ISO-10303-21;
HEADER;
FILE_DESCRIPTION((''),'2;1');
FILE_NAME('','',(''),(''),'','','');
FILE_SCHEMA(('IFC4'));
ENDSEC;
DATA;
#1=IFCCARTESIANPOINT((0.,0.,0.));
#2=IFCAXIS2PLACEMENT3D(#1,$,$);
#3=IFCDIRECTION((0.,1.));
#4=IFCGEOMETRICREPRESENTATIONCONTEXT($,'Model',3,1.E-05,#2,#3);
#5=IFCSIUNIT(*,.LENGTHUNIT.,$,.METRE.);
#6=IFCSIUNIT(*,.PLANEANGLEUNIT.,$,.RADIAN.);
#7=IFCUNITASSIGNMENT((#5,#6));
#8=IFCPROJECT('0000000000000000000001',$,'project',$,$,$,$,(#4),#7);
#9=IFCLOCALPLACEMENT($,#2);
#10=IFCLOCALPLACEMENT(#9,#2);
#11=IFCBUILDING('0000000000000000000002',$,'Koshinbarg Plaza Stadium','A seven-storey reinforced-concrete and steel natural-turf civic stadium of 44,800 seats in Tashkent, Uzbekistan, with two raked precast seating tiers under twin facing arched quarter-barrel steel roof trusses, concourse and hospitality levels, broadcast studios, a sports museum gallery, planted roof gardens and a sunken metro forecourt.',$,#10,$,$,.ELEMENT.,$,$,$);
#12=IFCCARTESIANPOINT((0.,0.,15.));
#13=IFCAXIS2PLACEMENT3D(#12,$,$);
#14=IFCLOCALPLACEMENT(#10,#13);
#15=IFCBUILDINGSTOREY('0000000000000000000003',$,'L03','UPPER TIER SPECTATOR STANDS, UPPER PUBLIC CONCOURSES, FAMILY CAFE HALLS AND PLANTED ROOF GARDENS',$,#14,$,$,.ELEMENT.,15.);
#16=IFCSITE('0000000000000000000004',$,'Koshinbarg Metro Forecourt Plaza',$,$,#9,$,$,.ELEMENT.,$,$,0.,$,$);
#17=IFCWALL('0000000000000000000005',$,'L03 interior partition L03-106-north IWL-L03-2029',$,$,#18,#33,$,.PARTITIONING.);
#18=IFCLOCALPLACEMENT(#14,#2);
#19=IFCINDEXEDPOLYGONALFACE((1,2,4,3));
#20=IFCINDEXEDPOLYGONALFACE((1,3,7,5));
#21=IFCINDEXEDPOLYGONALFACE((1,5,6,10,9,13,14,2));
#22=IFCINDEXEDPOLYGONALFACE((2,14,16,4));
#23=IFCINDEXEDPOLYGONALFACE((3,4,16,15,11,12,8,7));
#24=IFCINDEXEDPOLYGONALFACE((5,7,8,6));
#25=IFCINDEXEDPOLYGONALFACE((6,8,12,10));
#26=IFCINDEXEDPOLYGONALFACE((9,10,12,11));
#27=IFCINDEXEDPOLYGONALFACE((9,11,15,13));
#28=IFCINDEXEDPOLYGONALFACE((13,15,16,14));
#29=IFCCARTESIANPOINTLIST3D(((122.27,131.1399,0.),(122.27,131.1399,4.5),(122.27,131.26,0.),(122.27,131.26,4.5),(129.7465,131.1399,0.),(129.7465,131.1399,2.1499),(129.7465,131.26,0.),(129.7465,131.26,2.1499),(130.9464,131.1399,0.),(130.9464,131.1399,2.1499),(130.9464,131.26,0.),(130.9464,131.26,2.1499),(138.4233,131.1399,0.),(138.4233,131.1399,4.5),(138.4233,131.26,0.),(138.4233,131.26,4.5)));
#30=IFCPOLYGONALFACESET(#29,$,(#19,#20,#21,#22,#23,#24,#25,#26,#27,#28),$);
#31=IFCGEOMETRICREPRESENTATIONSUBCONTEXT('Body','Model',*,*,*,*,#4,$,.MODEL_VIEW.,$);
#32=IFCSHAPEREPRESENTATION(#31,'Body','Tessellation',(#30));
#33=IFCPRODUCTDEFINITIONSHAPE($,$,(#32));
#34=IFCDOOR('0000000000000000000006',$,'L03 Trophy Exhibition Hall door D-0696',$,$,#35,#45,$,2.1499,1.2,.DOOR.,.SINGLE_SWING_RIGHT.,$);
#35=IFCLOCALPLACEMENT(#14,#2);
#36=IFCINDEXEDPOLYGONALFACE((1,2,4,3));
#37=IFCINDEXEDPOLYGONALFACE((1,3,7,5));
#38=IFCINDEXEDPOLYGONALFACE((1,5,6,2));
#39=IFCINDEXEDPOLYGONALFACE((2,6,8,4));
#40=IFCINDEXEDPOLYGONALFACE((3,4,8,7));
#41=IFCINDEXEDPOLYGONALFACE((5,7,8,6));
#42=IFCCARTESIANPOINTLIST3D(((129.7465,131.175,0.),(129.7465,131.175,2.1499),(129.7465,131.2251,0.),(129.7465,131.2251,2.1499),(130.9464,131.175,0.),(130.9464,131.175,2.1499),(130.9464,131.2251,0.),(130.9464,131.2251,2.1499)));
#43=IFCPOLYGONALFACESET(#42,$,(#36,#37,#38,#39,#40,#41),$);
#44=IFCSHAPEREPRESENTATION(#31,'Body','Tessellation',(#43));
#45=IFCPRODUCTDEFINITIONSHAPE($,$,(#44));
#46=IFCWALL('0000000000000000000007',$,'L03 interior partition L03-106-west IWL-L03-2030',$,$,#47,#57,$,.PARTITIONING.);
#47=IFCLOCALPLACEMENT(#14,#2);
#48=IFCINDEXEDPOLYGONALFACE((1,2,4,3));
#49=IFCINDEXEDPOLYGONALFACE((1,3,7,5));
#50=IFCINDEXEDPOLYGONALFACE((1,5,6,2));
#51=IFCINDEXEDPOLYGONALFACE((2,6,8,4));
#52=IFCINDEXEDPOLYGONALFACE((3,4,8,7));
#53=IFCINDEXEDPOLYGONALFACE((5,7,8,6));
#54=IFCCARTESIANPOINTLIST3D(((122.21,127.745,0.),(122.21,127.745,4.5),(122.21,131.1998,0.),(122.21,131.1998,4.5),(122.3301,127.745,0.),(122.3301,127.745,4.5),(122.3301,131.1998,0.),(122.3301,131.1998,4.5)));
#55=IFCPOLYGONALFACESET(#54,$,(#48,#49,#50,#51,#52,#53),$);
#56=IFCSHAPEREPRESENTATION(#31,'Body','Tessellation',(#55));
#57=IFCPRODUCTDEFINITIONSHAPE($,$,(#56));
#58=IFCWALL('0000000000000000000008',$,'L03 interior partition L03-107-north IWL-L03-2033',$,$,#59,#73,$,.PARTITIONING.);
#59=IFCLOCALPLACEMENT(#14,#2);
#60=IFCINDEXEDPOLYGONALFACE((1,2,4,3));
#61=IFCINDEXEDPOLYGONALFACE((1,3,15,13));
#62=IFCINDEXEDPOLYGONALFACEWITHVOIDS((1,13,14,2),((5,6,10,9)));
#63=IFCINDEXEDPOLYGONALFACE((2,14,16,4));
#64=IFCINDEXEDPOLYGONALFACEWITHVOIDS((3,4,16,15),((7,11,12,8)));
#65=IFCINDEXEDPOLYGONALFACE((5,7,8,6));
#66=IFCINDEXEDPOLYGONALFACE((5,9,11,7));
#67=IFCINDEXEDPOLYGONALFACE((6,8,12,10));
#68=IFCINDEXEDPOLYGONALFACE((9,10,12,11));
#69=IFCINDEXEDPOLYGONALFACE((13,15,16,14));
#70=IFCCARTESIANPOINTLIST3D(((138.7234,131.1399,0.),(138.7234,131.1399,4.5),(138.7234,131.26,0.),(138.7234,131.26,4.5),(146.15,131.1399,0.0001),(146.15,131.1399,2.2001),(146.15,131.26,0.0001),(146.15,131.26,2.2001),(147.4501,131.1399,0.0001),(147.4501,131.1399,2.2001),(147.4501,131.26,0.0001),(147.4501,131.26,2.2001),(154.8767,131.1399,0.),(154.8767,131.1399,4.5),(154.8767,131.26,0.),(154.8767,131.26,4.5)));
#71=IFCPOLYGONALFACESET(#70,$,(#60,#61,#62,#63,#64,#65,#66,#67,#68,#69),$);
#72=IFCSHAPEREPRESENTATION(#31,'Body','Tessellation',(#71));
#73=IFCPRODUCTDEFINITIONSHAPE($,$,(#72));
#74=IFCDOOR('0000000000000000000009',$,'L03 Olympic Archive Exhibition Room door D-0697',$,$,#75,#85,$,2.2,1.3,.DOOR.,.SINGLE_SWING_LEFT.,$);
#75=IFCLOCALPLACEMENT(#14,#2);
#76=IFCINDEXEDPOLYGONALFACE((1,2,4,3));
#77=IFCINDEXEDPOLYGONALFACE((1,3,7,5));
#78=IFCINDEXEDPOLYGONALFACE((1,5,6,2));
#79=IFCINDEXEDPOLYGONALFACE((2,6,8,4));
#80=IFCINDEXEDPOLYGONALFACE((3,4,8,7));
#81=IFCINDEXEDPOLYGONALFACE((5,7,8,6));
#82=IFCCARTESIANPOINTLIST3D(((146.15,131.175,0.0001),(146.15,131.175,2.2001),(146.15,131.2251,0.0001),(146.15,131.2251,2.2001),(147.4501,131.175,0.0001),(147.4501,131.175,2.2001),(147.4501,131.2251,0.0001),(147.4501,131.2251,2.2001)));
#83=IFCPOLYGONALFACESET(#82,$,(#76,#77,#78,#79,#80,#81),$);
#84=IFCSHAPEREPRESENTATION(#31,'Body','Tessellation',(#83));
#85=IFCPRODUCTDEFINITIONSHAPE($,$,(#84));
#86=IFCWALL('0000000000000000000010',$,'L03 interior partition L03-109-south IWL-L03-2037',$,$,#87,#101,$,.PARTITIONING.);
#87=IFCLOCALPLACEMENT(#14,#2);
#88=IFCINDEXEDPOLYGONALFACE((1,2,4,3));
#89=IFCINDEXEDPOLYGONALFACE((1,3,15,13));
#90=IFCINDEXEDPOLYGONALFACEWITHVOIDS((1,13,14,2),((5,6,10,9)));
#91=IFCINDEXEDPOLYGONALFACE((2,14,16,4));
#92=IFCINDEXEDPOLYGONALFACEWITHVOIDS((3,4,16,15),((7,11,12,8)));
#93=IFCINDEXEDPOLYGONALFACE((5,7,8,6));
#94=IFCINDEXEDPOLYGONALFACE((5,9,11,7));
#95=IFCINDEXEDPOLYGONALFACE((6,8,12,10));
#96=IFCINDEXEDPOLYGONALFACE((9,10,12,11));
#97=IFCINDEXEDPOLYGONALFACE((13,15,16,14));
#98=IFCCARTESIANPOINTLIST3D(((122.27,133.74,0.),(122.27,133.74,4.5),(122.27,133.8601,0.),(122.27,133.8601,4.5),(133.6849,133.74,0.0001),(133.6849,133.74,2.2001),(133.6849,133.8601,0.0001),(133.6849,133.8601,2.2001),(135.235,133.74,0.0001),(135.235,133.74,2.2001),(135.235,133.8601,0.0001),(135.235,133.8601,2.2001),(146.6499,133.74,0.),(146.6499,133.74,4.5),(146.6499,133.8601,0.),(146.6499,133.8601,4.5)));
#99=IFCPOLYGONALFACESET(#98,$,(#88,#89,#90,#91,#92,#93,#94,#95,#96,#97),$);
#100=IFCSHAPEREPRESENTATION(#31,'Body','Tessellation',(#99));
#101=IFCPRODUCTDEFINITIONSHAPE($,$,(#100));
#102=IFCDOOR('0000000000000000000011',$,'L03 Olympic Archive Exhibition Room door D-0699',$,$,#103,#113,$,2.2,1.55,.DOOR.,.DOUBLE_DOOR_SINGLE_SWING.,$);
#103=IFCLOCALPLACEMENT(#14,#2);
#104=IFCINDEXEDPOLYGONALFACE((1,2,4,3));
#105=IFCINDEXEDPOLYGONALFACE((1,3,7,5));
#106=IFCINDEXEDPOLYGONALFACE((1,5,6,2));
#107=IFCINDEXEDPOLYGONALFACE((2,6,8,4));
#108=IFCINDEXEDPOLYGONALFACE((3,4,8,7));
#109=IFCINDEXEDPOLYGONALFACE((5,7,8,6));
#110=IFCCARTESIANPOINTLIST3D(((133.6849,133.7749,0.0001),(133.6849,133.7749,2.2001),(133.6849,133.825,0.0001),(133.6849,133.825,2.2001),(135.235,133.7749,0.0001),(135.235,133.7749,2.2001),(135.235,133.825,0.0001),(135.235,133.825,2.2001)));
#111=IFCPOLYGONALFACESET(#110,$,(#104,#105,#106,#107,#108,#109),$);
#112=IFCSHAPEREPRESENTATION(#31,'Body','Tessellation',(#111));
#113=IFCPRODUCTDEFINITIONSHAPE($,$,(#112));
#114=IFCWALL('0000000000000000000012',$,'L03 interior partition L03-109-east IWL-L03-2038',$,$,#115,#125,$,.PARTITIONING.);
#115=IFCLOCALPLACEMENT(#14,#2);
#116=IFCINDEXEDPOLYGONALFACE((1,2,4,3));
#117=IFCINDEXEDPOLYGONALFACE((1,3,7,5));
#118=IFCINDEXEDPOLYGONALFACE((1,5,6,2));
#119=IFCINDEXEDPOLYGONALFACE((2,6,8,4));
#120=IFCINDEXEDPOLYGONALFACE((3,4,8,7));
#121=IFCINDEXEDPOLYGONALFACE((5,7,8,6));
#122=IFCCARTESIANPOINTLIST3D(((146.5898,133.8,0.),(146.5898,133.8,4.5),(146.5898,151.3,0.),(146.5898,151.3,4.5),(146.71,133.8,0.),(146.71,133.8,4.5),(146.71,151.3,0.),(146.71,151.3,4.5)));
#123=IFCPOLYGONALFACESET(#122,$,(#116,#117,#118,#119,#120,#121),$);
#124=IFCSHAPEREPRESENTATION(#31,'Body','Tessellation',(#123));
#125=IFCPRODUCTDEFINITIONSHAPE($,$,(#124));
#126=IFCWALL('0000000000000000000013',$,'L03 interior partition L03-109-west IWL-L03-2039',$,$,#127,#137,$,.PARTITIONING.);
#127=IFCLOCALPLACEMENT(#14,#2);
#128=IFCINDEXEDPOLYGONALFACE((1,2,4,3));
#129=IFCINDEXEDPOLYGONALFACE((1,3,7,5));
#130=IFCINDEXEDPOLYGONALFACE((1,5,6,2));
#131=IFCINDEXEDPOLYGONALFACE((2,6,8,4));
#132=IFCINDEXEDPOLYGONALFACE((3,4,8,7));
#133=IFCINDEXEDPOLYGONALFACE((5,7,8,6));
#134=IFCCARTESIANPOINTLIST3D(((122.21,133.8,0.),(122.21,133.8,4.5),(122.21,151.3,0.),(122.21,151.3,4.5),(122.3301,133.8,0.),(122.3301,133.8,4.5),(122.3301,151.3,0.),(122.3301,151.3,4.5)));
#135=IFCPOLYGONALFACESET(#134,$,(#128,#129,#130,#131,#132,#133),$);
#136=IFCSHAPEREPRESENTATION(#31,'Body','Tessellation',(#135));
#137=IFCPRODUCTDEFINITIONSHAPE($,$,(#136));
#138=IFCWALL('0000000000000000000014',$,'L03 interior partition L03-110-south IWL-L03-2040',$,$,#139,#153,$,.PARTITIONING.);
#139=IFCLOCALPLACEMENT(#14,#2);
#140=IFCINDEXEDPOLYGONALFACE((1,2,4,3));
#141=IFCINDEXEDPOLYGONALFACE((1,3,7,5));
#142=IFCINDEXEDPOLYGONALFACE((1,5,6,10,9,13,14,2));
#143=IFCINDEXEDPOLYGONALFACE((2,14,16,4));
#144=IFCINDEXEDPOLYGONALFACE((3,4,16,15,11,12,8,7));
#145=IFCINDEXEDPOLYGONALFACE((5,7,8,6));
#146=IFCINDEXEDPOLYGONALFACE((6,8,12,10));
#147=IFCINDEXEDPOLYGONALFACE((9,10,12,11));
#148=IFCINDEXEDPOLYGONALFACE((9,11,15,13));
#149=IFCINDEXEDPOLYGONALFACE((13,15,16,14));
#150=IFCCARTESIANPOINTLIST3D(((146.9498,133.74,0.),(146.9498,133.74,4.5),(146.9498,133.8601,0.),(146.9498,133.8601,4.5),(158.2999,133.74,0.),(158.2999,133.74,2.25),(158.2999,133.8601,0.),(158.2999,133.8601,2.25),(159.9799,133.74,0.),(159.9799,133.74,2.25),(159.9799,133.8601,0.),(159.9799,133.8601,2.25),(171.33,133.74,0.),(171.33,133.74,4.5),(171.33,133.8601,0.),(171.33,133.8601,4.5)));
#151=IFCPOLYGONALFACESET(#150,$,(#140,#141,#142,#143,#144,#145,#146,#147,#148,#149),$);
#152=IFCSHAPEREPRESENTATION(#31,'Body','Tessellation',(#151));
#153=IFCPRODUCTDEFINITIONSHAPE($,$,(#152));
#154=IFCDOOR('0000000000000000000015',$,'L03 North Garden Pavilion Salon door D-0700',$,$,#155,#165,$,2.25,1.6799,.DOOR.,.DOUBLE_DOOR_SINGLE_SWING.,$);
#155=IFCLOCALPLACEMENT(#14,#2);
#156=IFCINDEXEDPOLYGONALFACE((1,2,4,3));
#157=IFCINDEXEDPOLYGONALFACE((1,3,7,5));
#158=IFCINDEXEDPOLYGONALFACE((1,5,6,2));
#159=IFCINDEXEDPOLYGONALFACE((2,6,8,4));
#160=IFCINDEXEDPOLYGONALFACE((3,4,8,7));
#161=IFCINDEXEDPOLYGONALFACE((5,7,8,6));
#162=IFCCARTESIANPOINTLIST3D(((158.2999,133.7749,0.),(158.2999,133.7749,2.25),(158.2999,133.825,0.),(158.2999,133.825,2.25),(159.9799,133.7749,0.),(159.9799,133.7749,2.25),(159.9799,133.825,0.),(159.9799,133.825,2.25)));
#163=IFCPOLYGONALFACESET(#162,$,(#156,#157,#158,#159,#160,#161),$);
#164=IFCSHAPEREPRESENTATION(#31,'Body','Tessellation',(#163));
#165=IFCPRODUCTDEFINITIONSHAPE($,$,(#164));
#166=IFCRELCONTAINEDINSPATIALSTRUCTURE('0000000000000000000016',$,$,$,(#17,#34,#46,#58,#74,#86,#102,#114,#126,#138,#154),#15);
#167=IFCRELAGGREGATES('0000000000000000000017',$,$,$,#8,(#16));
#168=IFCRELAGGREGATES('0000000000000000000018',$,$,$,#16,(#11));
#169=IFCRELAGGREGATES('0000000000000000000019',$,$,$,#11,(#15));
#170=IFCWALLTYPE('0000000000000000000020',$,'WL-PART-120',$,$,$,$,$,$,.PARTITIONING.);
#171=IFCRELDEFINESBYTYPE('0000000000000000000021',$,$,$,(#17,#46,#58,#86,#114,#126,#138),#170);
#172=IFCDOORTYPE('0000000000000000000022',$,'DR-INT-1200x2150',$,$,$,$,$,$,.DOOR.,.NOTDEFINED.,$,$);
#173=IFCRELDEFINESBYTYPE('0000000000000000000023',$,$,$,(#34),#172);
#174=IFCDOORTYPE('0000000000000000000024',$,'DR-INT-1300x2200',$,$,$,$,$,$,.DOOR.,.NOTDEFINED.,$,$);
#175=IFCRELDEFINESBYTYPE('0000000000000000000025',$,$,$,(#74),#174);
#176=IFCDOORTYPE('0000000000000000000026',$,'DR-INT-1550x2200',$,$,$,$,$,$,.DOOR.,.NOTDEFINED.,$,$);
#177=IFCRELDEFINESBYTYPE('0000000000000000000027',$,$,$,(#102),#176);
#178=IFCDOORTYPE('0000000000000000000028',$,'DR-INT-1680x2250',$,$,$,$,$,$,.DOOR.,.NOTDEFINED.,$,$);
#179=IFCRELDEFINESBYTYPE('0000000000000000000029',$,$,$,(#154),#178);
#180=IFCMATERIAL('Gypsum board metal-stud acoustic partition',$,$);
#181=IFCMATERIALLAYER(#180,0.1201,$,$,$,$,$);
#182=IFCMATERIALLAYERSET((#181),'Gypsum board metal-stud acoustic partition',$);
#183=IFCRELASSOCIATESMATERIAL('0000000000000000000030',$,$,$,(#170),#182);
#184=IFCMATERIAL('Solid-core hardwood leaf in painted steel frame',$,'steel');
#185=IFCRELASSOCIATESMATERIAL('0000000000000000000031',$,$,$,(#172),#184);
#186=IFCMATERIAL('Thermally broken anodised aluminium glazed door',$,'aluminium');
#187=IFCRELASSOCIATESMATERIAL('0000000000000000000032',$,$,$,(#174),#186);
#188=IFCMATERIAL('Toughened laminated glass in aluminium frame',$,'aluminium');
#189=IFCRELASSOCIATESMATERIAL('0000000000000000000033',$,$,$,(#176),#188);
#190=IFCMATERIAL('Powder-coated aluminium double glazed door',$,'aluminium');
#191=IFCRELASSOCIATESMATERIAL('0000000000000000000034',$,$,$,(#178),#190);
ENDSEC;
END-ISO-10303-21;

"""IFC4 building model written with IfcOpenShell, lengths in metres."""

from ifc_helpers import new_model, si_unit, direction, frame, frame_2d, origin, place, context, subcontext, project, spatial, rectangle, extrude, material, layer, layer_set, type_object, element, fill, save


model = new_model("IFC4")

# Units and contexts
model_context = context("Model", 3, precision=1e-05, world=origin(), true_north=direction((0.0, 1.0)))
body_context = subcontext(model_context, "Body", "Model", "MODEL_VIEW")
ifc_project = project(units=[si_unit("LENGTHUNIT", "METRE"), si_unit("PLANEANGLEUNIT", "RADIAN")], contexts=[model_context])

# Site, building, storey
site_placement = place(None, origin())
site = spatial("IfcSite", under=ifc_project, at=site_placement, Name="Koshinbarg Metro Forecourt Plaza", CompositionType="ELEMENT", RefElevation=0.0)
building_placement = place(site_placement, origin())
building = spatial("IfcBuilding", under=site, at=building_placement, Name="Koshinbarg Plaza Stadium", Description="A seven-storey reinforced-concrete and steel natural-turf civic stadium of 44,800 seats in Tashkent, Uzbekistan, with two raked precast seating tiers under twin facing arched quarter-barrel steel roof trusses, concourse and hospitality levels, broadcast studios, a sports museum gallery, planted roof gardens and a sunken metro forecourt.", CompositionType="ELEMENT")
storey_placement = place(building_placement, frame((0.0, 0.0, 15.0)))
storey = spatial("IfcBuildingStorey", under=building, at=storey_placement, Name="L03", Description="UPPER TIER SPECTATOR STANDS, UPPER PUBLIC CONCOURSES, FAMILY CAFE HALLS AND PLANTED ROOF GARDENS", CompositionType="ELEMENT", Elevation=15.0)

# Shared definitions
ifc_material_1 = material(Name="Gypsum board metal-stud acoustic partition")
ifc_layer_1 = layer(ifc_material_1, 0.1201)
ifc_layer_set_1 = layer_set([ifc_layer_1], Name="Gypsum board metal-stud acoustic partition")
wall_type_1 = type_object("IfcWallType", Name="WL-PART-120", PredefinedType="PARTITIONING", material=ifc_layer_set_1)

# Wall, opening, door
wall_1_placement = place(storey_placement, frame((138.4233, 131.2, 0.0), z_axis=(0.0, 0.0, 1.0), x_axis=(-1.0, 0.0, 0.0)))
wall_1 = element("IfcWall", 1, at=wall_1_placement, inside=storey, type_object=wall_type_1, Name="L03 interior partition L03-106-north IWL-L03-2029", PredefinedType="PARTITIONING", context=body_context, shape_type="SweptSolid", body=[
    extrude(rectangle(XDim=16.1533, YDim=0.1201, at=frame_2d((8.0767, 0.0))), origin(), (0.0, 0.0, 1.0), 4.5),
])
opening_1_placement = place(wall_1_placement, frame((7.4768, 0.0, 0.0)))
opening_1 = element("IfcOpeningElement", 2, at=opening_1_placement, cuts=wall_1, PredefinedType="OPENING", context=body_context, shape_type="SweptSolid", body=[
    extrude(rectangle(XDim=1.2, YDim=2.1499, at=frame_2d((0.6001, 1.075))), frame((0.0, 0.0701, 0.0), z_axis=(0.0, -1.0, 0.0), x_axis=(1.0, 0.0, 0.0)), (0.0, 0.0, 1.0), 0.1401),
])
ifc_material_2 = material(Name="Solid-core hardwood leaf in painted steel frame", Category="steel")
door_type_1 = type_object("IfcDoorType", Name="DR-INT-1200x2150", OperationType="NOTDEFINED", PredefinedType="DOOR", material=ifc_material_2)
door_1_placement = place(opening_1_placement, origin())
door_1 = element("IfcDoor", 3, at=door_1_placement, inside=storey, type_object=door_type_1, Name="L03 Trophy Exhibition Hall door D-0696", OperationType="SINGLE_SWING_RIGHT", OverallHeight=2.1499, OverallWidth=1.2, PredefinedType="DOOR", context=body_context, shape_type="SweptSolid", body=[
    extrude(rectangle(XDim=1.2, YDim=2.1499, at=frame_2d((0.6001, 1.075))), frame((0.0, 0.0249, 0.0), z_axis=(0.0, -1.0, 0.0), x_axis=(1.0, 0.0, 0.0)), (0.0, 0.0, 1.0), 0.05),
])
fill(opening_1, door_1)

# Wall
wall_2_placement = place(storey_placement, frame((122.27, 131.2, 0.0), z_axis=(0.0, 0.0, 1.0), x_axis=(0.0, -1.0, 0.0)))
element("IfcWall", 4, at=wall_2_placement, inside=storey, type_object=wall_type_1, Name="L03 interior partition L03-106-west IWL-L03-2030", PredefinedType="PARTITIONING", context=body_context, shape_type="SweptSolid", body=[
    extrude(rectangle(XDim=3.4548, YDim=0.1201, at=frame_2d((1.7275, 0.0))), origin(), (0.0, 0.0, 1.0), 4.5),
])

# Walls, openings, doors
wall_3_placement = place(storey_placement, frame((154.8767, 131.2, 0.0), z_axis=(0.0, 0.0, 1.0), x_axis=(-1.0, 0.0, 0.0)))
wall_3 = element("IfcWall", 5, at=wall_3_placement, inside=storey, type_object=wall_type_1, Name="L03 interior partition L03-107-north IWL-L03-2033", PredefinedType="PARTITIONING", context=body_context, shape_type="SweptSolid", body=[
    extrude(rectangle(XDim=16.1533, YDim=0.1201, at=frame_2d((8.0767, 0.0))), origin(), (0.0, 0.0, 1.0), 4.5),
])
opening_2_placement = place(wall_3_placement, frame((7.4268, 0.0, 0.0)))
opening_2 = element("IfcOpeningElement", 6, at=opening_2_placement, cuts=wall_3, PredefinedType="OPENING", context=body_context, shape_type="SweptSolid", body=[
    extrude(rectangle(XDim=1.3, YDim=2.2, at=frame_2d((0.6499, 1.1001))), frame((0.0, 0.0701, 0.0), z_axis=(0.0, -1.0, 0.0), x_axis=(1.0, 0.0, 0.0)), (0.0, 0.0, 1.0), 0.1401),
])
ifc_material_3 = material(Name="Thermally broken anodised aluminium glazed door", Category="aluminium")
door_type_2 = type_object("IfcDoorType", Name="DR-INT-1300x2200", OperationType="NOTDEFINED", PredefinedType="DOOR", material=ifc_material_3)
door_2_placement = place(opening_2_placement, origin())
door_2 = element("IfcDoor", 7, at=door_2_placement, inside=storey, type_object=door_type_2, Name="L03 Olympic Archive Exhibition Room door D-0697", OperationType="SINGLE_SWING_LEFT", OverallHeight=2.2, OverallWidth=1.3, PredefinedType="DOOR", context=body_context, shape_type="SweptSolid", body=[
    extrude(rectangle(XDim=1.3, YDim=2.2, at=frame_2d((0.6499, 1.1001))), frame((0.0, 0.0249, 0.0), z_axis=(0.0, -1.0, 0.0), x_axis=(1.0, 0.0, 0.0)), (0.0, 0.0, 1.0), 0.05),
])
fill(opening_2, door_2)
wall_4_placement = place(storey_placement, frame((122.27, 133.8, 0.0), z_axis=(0.0, 0.0, 1.0), x_axis=(1.0, 0.0, 0.0)))
wall_4 = element("IfcWall", 8, at=wall_4_placement, inside=storey, type_object=wall_type_1, Name="L03 interior partition L03-109-south IWL-L03-2037", PredefinedType="PARTITIONING", context=body_context, shape_type="SweptSolid", body=[
    extrude(rectangle(XDim=24.3799, YDim=0.1201, at=frame_2d((12.1899, 0.0))), origin(), (0.0, 0.0, 1.0), 4.5),
])
opening_3_placement = place(wall_4_placement, frame((11.415, 0.0, 0.0)))
opening_3 = element("IfcOpeningElement", 9, at=opening_3_placement, cuts=wall_4, PredefinedType="OPENING", context=body_context, shape_type="SweptSolid", body=[
    extrude(rectangle(XDim=1.55, YDim=2.2, at=frame_2d((0.7749, 1.1001))), frame((0.0, 0.0701, 0.0), z_axis=(0.0, -1.0, 0.0), x_axis=(1.0, 0.0, 0.0)), (0.0, 0.0, 1.0), 0.1401),
])
ifc_material_4 = material(Name="Toughened laminated glass in aluminium frame", Category="aluminium")
door_type_3 = type_object("IfcDoorType", Name="DR-INT-1550x2200", OperationType="NOTDEFINED", PredefinedType="DOOR", material=ifc_material_4)
door_3_placement = place(opening_3_placement, origin())
door_3 = element("IfcDoor", 10, at=door_3_placement, inside=storey, type_object=door_type_3, Name="L03 Olympic Archive Exhibition Room door D-0699", OperationType="DOUBLE_DOOR_SINGLE_SWING", OverallHeight=2.2, OverallWidth=1.55, PredefinedType="DOOR", context=body_context, shape_type="SweptSolid", body=[
    extrude(rectangle(XDim=1.55, YDim=2.2, at=frame_2d((0.7749, 1.1001))), frame((0.0, 0.0249, 0.0), z_axis=(0.0, -1.0, 0.0), x_axis=(1.0, 0.0, 0.0)), (0.0, 0.0, 1.0), 0.05),
])
fill(opening_3, door_3)

# Walls
for number, where, z_axis, x_axis, name in (
    (11, (146.6499, 133.8, 0.0), (0.0, 0.0, 1.0), (0.0, 1.0, 0.0), "L03 interior partition L03-109-east IWL-L03-2038"),
    (12, (122.27, 151.3, 0.0), (0.0, 0.0, 1.0), (0.0, -1.0, 0.0), "L03 interior partition L03-109-west IWL-L03-2039"),
):
    element("IfcWall", number, at=place(storey_placement, frame(where, z_axis=z_axis, x_axis=x_axis)), inside=storey, type_object=wall_type_1, Name=name, PredefinedType="PARTITIONING", context=body_context, shape_type="SweptSolid", body=[
        extrude(rectangle(XDim=17.5, YDim=0.1201, at=frame_2d((8.75, 0.0))), origin(), (0.0, 0.0, 1.0), 4.5),
    ])

# Wall, opening, door
wall_5_placement = place(storey_placement, frame((146.95, 133.8, 0.0), z_axis=(0.0, 0.0, 1.0), x_axis=(1.0, 0.0, 0.0)))
wall_5 = element("IfcWall", 13, at=wall_5_placement, inside=storey, type_object=wall_type_1, Name="L03 interior partition L03-110-south IWL-L03-2040", PredefinedType="PARTITIONING", context=body_context, shape_type="SweptSolid", body=[
    extrude(rectangle(XDim=24.3801, YDim=0.1201, at=frame_2d((12.1899, 0.0))), origin(), (0.0, 0.0, 1.0), 4.5),
])
opening_4_placement = place(wall_5_placement, frame((11.3501, 0.0, 0.0)))
opening_4 = element("IfcOpeningElement", 14, at=opening_4_placement, cuts=wall_5, PredefinedType="OPENING", context=body_context, shape_type="SweptSolid", body=[
    extrude(rectangle(XDim=1.6799, YDim=2.25, at=frame_2d((0.8398, 1.125))), frame((0.0, 0.0701, 0.0), z_axis=(0.0, -1.0, 0.0), x_axis=(1.0, 0.0, 0.0)), (0.0, 0.0, 1.0), 0.1401),
])
ifc_material_5 = material(Name="Powder-coated aluminium double glazed door", Category="aluminium")
door_type_4 = type_object("IfcDoorType", Name="DR-INT-1680x2250", OperationType="NOTDEFINED", PredefinedType="DOOR", material=ifc_material_5)
door_4_placement = place(opening_4_placement, origin())
door_4 = element("IfcDoor", 15, at=door_4_placement, inside=storey, type_object=door_type_4, Name="L03 North Garden Pavilion Salon door D-0700", OperationType="DOUBLE_DOOR_SINGLE_SWING", OverallHeight=2.25, OverallWidth=1.6799, PredefinedType="DOOR", context=body_context, shape_type="SweptSolid", body=[
    extrude(rectangle(XDim=1.6799, YDim=2.25, at=frame_2d((0.8398, 1.125))), frame((0.0, 0.0249, 0.0), z_axis=(0.0, -1.0, 0.0), x_axis=(1.0, 0.0, 0.0)), (0.0, 0.0, 1.0), 0.05),
])
fill(opening_4, door_4)

save(model, "model.ifc")
